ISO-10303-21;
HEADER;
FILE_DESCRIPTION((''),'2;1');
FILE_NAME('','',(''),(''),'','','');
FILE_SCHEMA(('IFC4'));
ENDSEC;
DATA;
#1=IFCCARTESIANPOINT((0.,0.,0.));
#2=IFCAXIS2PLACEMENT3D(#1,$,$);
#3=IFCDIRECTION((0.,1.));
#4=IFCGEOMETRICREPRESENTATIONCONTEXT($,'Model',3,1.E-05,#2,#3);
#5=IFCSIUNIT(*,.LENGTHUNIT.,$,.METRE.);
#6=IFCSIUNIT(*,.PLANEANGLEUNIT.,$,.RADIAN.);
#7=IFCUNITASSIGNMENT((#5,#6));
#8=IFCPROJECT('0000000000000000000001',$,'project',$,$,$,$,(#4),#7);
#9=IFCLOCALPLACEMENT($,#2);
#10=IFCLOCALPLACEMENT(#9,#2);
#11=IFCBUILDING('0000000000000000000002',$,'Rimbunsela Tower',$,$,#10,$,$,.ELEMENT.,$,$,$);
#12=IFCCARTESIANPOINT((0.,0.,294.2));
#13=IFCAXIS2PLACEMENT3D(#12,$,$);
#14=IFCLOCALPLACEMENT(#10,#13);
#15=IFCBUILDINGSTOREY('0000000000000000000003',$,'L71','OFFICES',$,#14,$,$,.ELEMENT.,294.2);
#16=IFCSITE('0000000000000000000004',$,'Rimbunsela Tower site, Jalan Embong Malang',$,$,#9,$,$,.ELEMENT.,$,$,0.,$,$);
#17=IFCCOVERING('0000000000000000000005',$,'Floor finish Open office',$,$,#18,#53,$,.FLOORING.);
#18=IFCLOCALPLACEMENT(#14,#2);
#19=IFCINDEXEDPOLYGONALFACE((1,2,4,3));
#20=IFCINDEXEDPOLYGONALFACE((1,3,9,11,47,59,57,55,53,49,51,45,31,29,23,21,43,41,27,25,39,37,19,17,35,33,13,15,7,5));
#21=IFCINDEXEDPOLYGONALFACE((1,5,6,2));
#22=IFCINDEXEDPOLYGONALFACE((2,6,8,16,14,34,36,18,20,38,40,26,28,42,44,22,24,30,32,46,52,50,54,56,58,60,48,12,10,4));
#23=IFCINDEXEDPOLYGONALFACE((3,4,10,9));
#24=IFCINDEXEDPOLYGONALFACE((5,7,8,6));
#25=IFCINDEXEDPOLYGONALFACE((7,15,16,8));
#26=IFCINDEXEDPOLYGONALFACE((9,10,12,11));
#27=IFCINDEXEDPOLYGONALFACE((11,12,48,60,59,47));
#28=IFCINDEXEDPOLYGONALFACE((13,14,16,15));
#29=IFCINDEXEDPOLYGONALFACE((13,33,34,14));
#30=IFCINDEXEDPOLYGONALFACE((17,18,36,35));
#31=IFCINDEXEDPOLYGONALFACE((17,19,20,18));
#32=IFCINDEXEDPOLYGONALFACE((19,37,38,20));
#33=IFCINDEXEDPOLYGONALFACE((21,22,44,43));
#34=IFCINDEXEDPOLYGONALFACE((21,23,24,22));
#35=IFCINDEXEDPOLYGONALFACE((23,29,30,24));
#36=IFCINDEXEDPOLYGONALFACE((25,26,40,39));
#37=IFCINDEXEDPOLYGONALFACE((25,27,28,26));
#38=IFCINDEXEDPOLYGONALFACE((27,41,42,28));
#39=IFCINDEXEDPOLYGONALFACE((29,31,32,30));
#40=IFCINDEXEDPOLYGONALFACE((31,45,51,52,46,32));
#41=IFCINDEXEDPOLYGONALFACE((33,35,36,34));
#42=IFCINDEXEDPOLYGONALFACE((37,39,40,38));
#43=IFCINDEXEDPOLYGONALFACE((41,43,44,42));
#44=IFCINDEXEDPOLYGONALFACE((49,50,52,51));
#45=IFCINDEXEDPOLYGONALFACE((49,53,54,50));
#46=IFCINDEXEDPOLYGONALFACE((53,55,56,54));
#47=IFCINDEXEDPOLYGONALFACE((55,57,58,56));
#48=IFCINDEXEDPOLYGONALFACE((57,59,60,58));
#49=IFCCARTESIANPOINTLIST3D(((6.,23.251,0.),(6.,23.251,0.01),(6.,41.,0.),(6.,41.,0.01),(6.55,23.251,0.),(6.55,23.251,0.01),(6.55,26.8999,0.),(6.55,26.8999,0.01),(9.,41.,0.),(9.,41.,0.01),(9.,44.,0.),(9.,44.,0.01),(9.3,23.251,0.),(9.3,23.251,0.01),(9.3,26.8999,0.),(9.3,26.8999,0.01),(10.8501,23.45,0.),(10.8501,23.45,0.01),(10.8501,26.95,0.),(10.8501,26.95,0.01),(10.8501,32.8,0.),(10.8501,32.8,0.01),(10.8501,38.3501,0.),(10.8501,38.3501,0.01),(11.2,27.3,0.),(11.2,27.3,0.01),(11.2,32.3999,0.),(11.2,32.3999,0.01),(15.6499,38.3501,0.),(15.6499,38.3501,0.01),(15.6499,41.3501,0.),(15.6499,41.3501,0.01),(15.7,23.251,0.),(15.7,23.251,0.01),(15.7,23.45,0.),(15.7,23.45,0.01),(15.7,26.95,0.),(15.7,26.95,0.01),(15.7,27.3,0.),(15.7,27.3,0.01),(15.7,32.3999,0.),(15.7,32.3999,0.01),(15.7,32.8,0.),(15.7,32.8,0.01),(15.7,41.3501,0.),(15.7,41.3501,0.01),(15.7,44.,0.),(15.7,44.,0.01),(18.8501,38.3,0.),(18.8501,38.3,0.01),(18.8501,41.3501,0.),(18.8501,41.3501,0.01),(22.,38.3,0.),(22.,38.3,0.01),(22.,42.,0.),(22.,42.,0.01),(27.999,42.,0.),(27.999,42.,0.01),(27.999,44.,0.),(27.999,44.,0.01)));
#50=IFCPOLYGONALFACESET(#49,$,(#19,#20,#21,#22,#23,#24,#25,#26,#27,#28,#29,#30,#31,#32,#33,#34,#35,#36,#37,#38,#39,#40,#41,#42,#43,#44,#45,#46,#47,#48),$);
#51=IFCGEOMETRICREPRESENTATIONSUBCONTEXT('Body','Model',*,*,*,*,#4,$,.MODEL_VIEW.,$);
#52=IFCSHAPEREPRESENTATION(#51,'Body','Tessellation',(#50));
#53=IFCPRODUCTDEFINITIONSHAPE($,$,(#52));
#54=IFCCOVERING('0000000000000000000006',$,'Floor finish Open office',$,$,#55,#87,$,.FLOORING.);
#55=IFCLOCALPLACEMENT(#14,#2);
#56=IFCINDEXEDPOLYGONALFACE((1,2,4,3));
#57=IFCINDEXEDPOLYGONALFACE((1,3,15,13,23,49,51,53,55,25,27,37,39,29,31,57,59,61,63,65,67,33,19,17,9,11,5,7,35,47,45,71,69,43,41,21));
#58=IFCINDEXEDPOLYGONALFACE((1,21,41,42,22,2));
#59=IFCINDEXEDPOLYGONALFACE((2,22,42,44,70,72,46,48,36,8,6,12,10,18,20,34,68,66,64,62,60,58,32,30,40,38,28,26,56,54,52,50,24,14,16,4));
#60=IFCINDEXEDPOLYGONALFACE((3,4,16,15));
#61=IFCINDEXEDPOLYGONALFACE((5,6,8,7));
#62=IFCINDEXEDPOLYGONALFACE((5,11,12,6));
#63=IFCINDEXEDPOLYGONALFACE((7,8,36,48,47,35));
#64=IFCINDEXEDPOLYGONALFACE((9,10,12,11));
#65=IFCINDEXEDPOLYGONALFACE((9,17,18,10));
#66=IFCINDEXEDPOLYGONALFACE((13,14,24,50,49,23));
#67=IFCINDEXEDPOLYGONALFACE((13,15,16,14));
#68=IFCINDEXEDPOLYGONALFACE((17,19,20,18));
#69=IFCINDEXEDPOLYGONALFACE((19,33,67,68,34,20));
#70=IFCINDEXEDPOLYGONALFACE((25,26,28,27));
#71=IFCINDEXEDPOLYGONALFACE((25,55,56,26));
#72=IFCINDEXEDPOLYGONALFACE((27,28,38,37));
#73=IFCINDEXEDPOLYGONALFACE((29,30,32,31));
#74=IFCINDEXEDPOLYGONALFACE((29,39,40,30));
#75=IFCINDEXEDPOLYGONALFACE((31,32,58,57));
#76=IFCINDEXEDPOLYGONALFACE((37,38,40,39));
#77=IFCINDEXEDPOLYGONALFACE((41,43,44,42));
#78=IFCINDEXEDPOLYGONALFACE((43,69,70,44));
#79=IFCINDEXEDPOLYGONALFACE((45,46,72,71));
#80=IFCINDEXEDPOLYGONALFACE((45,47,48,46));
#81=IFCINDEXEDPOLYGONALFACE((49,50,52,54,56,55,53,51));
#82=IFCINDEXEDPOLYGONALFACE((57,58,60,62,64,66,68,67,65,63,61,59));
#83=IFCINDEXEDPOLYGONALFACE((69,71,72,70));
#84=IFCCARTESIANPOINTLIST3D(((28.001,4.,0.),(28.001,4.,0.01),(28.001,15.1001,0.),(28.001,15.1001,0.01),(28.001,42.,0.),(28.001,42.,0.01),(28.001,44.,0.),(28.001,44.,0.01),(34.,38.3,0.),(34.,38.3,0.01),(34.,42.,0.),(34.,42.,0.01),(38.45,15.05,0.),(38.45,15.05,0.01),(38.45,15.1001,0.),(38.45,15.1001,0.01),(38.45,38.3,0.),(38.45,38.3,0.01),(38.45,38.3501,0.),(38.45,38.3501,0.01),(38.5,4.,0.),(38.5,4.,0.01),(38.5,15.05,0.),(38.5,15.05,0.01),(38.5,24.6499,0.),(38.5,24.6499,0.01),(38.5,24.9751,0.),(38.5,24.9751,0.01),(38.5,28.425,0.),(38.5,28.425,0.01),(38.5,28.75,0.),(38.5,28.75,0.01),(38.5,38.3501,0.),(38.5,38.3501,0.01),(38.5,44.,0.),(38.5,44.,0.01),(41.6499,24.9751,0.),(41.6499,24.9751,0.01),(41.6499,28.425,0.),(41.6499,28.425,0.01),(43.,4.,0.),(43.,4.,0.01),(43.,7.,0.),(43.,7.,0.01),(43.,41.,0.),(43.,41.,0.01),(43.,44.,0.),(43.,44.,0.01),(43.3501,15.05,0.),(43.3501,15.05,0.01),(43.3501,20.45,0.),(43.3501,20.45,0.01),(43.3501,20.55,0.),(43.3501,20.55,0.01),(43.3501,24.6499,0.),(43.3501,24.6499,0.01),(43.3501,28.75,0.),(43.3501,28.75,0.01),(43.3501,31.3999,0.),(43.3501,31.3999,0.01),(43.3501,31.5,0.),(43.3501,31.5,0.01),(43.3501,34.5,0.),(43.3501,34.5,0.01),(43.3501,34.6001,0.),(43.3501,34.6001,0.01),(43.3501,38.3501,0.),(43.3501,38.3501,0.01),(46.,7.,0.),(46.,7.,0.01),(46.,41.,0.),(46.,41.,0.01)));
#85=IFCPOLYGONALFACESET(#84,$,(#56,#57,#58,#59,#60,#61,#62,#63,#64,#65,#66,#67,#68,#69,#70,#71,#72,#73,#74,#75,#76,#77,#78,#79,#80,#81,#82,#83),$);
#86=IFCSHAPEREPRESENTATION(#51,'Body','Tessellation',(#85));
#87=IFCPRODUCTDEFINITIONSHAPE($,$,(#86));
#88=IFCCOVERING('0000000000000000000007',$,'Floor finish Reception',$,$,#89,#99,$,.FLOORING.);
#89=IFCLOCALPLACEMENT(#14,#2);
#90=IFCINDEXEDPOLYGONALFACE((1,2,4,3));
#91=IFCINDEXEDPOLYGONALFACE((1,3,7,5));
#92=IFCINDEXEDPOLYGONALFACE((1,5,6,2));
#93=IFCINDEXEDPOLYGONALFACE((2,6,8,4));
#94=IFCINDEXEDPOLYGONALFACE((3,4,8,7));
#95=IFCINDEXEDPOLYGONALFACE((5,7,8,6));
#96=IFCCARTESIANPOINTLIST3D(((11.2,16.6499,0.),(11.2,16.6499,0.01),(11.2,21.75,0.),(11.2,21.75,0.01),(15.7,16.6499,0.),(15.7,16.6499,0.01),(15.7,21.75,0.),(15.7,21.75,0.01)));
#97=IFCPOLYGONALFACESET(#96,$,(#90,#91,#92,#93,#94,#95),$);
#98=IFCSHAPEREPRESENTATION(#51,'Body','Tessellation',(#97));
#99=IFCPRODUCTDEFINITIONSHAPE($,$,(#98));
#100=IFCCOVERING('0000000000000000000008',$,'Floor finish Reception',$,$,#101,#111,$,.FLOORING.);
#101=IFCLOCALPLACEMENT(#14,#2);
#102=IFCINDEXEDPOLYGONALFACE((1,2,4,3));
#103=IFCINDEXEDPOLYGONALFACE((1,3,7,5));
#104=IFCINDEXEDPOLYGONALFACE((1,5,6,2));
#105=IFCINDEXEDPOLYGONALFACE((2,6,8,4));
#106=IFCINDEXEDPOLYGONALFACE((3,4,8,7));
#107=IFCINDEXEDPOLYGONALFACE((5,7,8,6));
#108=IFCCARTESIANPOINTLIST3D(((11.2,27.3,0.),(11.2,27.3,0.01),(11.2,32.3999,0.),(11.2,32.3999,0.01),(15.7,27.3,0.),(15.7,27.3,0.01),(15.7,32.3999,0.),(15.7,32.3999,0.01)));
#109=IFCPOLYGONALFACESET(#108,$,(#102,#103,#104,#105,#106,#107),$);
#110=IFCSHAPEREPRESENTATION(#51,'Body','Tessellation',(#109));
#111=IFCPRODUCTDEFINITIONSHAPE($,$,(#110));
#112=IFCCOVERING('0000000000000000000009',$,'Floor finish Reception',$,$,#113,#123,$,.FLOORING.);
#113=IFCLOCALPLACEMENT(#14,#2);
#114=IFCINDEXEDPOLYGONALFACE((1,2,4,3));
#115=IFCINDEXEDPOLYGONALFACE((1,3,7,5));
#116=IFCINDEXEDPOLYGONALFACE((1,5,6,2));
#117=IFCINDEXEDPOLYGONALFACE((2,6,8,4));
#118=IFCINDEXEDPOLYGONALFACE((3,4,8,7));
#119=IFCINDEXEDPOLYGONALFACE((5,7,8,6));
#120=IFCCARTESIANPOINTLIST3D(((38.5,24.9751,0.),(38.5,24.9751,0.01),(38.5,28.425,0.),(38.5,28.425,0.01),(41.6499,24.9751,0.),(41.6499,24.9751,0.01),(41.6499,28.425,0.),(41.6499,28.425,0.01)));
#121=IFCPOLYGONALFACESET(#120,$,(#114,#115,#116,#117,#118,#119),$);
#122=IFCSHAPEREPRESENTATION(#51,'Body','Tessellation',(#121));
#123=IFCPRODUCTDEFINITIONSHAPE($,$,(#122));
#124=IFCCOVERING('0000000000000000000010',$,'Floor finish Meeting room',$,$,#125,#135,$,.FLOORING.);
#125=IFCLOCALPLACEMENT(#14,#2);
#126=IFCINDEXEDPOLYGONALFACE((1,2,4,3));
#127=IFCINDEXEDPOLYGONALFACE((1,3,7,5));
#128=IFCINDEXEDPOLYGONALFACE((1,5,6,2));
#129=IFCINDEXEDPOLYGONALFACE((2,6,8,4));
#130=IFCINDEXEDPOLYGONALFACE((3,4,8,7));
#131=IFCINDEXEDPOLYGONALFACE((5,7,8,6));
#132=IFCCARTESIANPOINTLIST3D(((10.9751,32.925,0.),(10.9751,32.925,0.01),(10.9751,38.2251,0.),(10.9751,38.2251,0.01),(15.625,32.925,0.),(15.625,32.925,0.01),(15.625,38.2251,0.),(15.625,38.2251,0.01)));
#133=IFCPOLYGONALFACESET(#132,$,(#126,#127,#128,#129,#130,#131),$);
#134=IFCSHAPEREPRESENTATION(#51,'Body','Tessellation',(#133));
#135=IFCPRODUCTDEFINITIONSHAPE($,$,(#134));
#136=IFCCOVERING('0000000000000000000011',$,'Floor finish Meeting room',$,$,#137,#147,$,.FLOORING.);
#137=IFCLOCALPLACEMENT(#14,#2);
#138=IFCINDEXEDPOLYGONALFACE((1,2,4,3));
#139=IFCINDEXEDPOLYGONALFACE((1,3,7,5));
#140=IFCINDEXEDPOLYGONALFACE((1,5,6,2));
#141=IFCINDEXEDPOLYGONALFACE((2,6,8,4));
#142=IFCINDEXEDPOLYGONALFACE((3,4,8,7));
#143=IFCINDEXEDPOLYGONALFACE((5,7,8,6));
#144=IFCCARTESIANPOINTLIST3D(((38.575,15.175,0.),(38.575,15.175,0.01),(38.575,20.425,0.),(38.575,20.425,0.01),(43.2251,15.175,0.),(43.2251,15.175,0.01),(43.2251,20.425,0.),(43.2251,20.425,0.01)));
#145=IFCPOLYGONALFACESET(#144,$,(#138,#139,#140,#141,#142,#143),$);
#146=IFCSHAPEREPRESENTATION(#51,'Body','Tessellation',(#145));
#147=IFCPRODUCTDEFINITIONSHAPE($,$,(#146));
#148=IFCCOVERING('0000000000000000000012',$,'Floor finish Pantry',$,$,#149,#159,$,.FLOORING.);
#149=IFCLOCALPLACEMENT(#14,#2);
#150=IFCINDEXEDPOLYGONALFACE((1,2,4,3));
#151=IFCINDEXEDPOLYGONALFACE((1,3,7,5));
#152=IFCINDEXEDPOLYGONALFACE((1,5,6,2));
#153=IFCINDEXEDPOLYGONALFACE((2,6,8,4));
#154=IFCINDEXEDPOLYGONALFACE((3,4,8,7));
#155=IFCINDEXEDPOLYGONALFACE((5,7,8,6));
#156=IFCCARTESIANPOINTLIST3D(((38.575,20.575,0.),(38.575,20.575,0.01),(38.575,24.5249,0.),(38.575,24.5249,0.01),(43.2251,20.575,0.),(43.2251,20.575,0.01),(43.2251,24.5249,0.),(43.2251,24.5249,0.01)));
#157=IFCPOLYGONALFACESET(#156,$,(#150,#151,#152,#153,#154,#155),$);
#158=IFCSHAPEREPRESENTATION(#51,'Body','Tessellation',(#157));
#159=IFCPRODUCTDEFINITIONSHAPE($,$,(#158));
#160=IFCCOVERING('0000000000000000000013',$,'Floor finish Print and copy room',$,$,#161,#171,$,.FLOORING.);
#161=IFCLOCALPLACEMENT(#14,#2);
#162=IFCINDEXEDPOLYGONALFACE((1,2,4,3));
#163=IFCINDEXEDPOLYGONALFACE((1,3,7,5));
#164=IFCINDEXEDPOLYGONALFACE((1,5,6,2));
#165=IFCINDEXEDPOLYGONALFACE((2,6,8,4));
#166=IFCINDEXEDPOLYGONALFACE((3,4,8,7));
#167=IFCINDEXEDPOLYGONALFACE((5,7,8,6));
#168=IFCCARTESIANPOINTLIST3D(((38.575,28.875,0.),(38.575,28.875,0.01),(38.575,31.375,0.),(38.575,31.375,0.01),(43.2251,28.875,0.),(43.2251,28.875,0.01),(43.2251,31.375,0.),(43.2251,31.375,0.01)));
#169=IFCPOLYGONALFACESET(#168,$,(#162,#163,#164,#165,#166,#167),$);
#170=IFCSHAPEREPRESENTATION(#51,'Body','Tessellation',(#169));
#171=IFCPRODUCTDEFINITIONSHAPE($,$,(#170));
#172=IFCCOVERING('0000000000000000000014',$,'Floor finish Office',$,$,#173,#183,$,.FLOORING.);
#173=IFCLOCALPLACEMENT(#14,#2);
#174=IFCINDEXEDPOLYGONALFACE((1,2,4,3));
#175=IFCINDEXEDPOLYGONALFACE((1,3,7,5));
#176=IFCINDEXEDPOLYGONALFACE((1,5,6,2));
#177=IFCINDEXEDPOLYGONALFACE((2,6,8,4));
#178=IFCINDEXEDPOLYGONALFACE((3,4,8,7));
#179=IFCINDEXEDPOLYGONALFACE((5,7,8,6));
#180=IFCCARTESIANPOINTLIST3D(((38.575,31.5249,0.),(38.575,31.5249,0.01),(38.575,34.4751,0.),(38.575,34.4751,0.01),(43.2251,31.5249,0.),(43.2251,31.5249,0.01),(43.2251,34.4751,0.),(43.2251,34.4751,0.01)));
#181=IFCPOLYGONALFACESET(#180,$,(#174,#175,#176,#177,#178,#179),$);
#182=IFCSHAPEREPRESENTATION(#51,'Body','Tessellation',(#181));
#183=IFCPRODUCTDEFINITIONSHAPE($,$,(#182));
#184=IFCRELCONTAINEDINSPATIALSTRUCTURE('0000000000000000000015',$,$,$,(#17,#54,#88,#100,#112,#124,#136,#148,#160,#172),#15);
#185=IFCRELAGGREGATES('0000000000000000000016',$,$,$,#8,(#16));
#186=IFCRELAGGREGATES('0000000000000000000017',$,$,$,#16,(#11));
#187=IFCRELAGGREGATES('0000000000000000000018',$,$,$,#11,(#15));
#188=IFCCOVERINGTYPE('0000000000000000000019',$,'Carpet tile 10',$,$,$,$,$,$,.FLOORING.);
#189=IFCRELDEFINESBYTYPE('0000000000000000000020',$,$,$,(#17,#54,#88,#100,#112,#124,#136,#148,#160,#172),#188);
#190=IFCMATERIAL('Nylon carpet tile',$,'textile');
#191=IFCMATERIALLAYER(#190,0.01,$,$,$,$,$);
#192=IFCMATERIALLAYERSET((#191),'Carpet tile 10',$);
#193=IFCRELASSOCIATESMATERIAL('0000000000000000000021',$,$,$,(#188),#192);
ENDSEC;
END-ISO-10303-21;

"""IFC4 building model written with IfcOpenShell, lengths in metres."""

from ifc_helpers import new_model, si_unit, direction, frame, origin, place, context, subcontext, project, spatial, polyline, outline, extrude, material, layer, layer_set, type_object, element, save


model = new_model("IFC4")

# Units and contexts
model_context = context("Model", 3, precision=1e-05, world=origin(), true_north=direction((0.0, 1.0)))
body_context = subcontext(model_context, "Body", "Model", "MODEL_VIEW")
ifc_project = project(units=[si_unit("LENGTHUNIT", "METRE"), si_unit("PLANEANGLEUNIT", "RADIAN")], contexts=[model_context])

# Site, building, storey
site_placement = place(None, origin())
site = spatial("IfcSite", under=ifc_project, at=site_placement, Name="Rimbunsela Tower site, Jalan Embong Malang", CompositionType="ELEMENT", RefElevation=0.0)
building_placement = place(site_placement, origin())
building = spatial("IfcBuilding", under=site, at=building_placement, Name="Rimbunsela Tower", CompositionType="ELEMENT")
storey_placement = place(building_placement, frame((0.0, 0.0, 294.2)))
storey = spatial("IfcBuildingStorey", under=building, at=storey_placement, Name="L71", Description="OFFICES", CompositionType="ELEMENT", Elevation=294.2)

# Coverings
ifc_material_1 = material(Name="Nylon carpet tile", Category="textile")
ifc_layer_1 = layer(ifc_material_1, 0.01)
ifc_layer_set_1 = layer_set([ifc_layer_1], Name="Carpet tile 10")
covering_type_1 = type_object("IfcCoveringType", Name="Carpet tile 10", PredefinedType="FLOORING", material=ifc_layer_set_1)
covering_1_placement = place(storey_placement, origin())
element("IfcCovering", 1, at=covering_1_placement, inside=storey, type_object=covering_type_1, Name="Floor finish Open office", PredefinedType="FLOORING", context=body_context, shape_type="SweptSolid", body=[
    extrude(outline(polyline([(15.6499, 38.3501), (10.8501, 38.3501), (10.8501, 32.8), (15.7, 32.8), (15.7, 32.3999), (11.2, 32.3999), (11.2, 27.3), (15.7, 27.3), (15.7, 26.95), (10.8501, 26.95), (10.8501, 23.45), (15.7, 23.45), (15.7, 23.251), (9.3, 23.251), (9.3, 26.8999), (6.55, 26.8999), (6.55, 23.251), (6.0, 23.251), (6.0, 41.0), (9.0, 41.0), (9.0, 44.0), (15.7, 44.0), (27.999, 44.0), (27.999, 42.0), (22.0, 42.0), (22.0, 38.3), (18.8501, 38.3), (18.8501, 41.3501), (15.7, 41.3501), (15.6499, 41.3501), (15.6499, 38.3501)])), origin(), (0.0, 0.0, 1.0), 0.01),
])
covering_2_placement = place(storey_placement, origin())
element("IfcCovering", 2, at=covering_2_placement, inside=storey, type_object=covering_type_1, Name="Floor finish Open office", PredefinedType="FLOORING", context=body_context, shape_type="SweptSolid", body=[
    extrude(outline(polyline([(28.001, 15.1001), (38.45, 15.1001), (38.45, 15.05), (38.5, 15.05), (43.3501, 15.05), (43.3501, 20.45), (43.3501, 20.55), (43.3501, 24.6499), (38.5, 24.6499), (38.5, 24.9751), (41.6499, 24.9751), (41.6499, 28.425), (38.5, 28.425), (38.5, 28.75), (43.3501, 28.75), (43.3501, 31.3999), (43.3501, 31.5), (43.3501, 34.5), (43.3501, 34.6001), (43.3501, 38.3501), (38.5, 38.3501), (38.45, 38.3501), (38.45, 38.3), (34.0, 38.3), (34.0, 42.0), (28.001, 42.0), (28.001, 44.0), (38.5, 44.0), (43.0, 44.0), (43.0, 41.0), (46.0, 41.0), (46.0, 7.0), (43.0, 7.0), (43.0, 4.0), (38.5, 4.0), (28.001, 4.0), (28.001, 15.1001)])), origin(), (0.0, 0.0, 1.0), 0.01),
])
covering_3_placement = place(storey_placement, origin())
element("IfcCovering", 3, at=covering_3_placement, inside=storey, type_object=covering_type_1, Name="Floor finish Reception", PredefinedType="FLOORING", context=body_context, shape_type="SweptSolid", body=[
    extrude(outline(polyline([(15.7, 16.6499), (15.7, 21.75), (11.2, 21.75), (11.2, 16.6499), (15.7, 16.6499)])), origin(), (0.0, 0.0, 1.0), 0.01),
])
covering_4_placement = place(storey_placement, origin())
element("IfcCovering", 4, at=covering_4_placement, inside=storey, type_object=covering_type_1, Name="Floor finish Reception", PredefinedType="FLOORING", context=body_context, shape_type="SweptSolid", body=[
    extrude(outline(polyline([(15.7, 27.3), (15.7, 32.3999), (11.2, 32.3999), (11.2, 27.3), (15.7, 27.3)])), origin(), (0.0, 0.0, 1.0), 0.01),
])
covering_5_placement = place(storey_placement, origin())
element("IfcCovering", 5, at=covering_5_placement, inside=storey, type_object=covering_type_1, Name="Floor finish Reception", PredefinedType="FLOORING", context=body_context, shape_type="SweptSolid", body=[
    extrude(outline(polyline([(41.6499, 24.9751), (41.6499, 28.425), (38.5, 28.425), (38.5, 24.9751), (41.6499, 24.9751)])), origin(), (0.0, 0.0, 1.0), 0.01),
])
covering_6_placement = place(storey_placement, origin())
element("IfcCovering", 6, at=covering_6_placement, inside=storey, type_object=covering_type_1, Name="Floor finish Meeting room", PredefinedType="FLOORING", context=body_context, shape_type="SweptSolid", body=[
    extrude(outline(polyline([(15.625, 32.925), (15.625, 38.2251), (10.9751, 38.2251), (10.9751, 32.925), (15.625, 32.925)])), origin(), (0.0, 0.0, 1.0), 0.01),
])
covering_7_placement = place(storey_placement, origin())
element("IfcCovering", 7, at=covering_7_placement, inside=storey, type_object=covering_type_1, Name="Floor finish Meeting room", PredefinedType="FLOORING", context=body_context, shape_type="SweptSolid", body=[
    extrude(outline(polyline([(43.2251, 15.175), (43.2251, 20.425), (38.575, 20.425), (38.575, 15.175), (43.2251, 15.175)])), origin(), (0.0, 0.0, 1.0), 0.01),
])
covering_8_placement = place(storey_placement, origin())
element("IfcCovering", 8, at=covering_8_placement, inside=storey, type_object=covering_type_1, Name="Floor finish Pantry", PredefinedType="FLOORING", context=body_context, shape_type="SweptSolid", body=[
    extrude(outline(polyline([(43.2251, 20.575), (43.2251, 24.5249), (38.575, 24.5249), (38.575, 20.575), (43.2251, 20.575)])), origin(), (0.0, 0.0, 1.0), 0.01),
])
covering_9_placement = place(storey_placement, origin())
element("IfcCovering", 9, at=covering_9_placement, inside=storey, type_object=covering_type_1, Name="Floor finish Print and copy room", PredefinedType="FLOORING", context=body_context, shape_type="SweptSolid", body=[
    extrude(outline(polyline([(43.2251, 28.875), (43.2251, 31.375), (38.575, 31.375), (38.575, 28.875), (43.2251, 28.875)])), origin(), (0.0, 0.0, 1.0), 0.01),
])
covering_10_placement = place(storey_placement, origin())
element("IfcCovering", 10, at=covering_10_placement, inside=storey, type_object=covering_type_1, Name="Floor finish Office", PredefinedType="FLOORING", context=body_context, shape_type="SweptSolid", body=[
    extrude(outline(polyline([(43.2251, 31.5249), (43.2251, 34.4751), (38.575, 34.4751), (38.575, 31.5249), (43.2251, 31.5249)])), origin(), (0.0, 0.0, 1.0), 0.01),
])

save(model, "model.ifc")
